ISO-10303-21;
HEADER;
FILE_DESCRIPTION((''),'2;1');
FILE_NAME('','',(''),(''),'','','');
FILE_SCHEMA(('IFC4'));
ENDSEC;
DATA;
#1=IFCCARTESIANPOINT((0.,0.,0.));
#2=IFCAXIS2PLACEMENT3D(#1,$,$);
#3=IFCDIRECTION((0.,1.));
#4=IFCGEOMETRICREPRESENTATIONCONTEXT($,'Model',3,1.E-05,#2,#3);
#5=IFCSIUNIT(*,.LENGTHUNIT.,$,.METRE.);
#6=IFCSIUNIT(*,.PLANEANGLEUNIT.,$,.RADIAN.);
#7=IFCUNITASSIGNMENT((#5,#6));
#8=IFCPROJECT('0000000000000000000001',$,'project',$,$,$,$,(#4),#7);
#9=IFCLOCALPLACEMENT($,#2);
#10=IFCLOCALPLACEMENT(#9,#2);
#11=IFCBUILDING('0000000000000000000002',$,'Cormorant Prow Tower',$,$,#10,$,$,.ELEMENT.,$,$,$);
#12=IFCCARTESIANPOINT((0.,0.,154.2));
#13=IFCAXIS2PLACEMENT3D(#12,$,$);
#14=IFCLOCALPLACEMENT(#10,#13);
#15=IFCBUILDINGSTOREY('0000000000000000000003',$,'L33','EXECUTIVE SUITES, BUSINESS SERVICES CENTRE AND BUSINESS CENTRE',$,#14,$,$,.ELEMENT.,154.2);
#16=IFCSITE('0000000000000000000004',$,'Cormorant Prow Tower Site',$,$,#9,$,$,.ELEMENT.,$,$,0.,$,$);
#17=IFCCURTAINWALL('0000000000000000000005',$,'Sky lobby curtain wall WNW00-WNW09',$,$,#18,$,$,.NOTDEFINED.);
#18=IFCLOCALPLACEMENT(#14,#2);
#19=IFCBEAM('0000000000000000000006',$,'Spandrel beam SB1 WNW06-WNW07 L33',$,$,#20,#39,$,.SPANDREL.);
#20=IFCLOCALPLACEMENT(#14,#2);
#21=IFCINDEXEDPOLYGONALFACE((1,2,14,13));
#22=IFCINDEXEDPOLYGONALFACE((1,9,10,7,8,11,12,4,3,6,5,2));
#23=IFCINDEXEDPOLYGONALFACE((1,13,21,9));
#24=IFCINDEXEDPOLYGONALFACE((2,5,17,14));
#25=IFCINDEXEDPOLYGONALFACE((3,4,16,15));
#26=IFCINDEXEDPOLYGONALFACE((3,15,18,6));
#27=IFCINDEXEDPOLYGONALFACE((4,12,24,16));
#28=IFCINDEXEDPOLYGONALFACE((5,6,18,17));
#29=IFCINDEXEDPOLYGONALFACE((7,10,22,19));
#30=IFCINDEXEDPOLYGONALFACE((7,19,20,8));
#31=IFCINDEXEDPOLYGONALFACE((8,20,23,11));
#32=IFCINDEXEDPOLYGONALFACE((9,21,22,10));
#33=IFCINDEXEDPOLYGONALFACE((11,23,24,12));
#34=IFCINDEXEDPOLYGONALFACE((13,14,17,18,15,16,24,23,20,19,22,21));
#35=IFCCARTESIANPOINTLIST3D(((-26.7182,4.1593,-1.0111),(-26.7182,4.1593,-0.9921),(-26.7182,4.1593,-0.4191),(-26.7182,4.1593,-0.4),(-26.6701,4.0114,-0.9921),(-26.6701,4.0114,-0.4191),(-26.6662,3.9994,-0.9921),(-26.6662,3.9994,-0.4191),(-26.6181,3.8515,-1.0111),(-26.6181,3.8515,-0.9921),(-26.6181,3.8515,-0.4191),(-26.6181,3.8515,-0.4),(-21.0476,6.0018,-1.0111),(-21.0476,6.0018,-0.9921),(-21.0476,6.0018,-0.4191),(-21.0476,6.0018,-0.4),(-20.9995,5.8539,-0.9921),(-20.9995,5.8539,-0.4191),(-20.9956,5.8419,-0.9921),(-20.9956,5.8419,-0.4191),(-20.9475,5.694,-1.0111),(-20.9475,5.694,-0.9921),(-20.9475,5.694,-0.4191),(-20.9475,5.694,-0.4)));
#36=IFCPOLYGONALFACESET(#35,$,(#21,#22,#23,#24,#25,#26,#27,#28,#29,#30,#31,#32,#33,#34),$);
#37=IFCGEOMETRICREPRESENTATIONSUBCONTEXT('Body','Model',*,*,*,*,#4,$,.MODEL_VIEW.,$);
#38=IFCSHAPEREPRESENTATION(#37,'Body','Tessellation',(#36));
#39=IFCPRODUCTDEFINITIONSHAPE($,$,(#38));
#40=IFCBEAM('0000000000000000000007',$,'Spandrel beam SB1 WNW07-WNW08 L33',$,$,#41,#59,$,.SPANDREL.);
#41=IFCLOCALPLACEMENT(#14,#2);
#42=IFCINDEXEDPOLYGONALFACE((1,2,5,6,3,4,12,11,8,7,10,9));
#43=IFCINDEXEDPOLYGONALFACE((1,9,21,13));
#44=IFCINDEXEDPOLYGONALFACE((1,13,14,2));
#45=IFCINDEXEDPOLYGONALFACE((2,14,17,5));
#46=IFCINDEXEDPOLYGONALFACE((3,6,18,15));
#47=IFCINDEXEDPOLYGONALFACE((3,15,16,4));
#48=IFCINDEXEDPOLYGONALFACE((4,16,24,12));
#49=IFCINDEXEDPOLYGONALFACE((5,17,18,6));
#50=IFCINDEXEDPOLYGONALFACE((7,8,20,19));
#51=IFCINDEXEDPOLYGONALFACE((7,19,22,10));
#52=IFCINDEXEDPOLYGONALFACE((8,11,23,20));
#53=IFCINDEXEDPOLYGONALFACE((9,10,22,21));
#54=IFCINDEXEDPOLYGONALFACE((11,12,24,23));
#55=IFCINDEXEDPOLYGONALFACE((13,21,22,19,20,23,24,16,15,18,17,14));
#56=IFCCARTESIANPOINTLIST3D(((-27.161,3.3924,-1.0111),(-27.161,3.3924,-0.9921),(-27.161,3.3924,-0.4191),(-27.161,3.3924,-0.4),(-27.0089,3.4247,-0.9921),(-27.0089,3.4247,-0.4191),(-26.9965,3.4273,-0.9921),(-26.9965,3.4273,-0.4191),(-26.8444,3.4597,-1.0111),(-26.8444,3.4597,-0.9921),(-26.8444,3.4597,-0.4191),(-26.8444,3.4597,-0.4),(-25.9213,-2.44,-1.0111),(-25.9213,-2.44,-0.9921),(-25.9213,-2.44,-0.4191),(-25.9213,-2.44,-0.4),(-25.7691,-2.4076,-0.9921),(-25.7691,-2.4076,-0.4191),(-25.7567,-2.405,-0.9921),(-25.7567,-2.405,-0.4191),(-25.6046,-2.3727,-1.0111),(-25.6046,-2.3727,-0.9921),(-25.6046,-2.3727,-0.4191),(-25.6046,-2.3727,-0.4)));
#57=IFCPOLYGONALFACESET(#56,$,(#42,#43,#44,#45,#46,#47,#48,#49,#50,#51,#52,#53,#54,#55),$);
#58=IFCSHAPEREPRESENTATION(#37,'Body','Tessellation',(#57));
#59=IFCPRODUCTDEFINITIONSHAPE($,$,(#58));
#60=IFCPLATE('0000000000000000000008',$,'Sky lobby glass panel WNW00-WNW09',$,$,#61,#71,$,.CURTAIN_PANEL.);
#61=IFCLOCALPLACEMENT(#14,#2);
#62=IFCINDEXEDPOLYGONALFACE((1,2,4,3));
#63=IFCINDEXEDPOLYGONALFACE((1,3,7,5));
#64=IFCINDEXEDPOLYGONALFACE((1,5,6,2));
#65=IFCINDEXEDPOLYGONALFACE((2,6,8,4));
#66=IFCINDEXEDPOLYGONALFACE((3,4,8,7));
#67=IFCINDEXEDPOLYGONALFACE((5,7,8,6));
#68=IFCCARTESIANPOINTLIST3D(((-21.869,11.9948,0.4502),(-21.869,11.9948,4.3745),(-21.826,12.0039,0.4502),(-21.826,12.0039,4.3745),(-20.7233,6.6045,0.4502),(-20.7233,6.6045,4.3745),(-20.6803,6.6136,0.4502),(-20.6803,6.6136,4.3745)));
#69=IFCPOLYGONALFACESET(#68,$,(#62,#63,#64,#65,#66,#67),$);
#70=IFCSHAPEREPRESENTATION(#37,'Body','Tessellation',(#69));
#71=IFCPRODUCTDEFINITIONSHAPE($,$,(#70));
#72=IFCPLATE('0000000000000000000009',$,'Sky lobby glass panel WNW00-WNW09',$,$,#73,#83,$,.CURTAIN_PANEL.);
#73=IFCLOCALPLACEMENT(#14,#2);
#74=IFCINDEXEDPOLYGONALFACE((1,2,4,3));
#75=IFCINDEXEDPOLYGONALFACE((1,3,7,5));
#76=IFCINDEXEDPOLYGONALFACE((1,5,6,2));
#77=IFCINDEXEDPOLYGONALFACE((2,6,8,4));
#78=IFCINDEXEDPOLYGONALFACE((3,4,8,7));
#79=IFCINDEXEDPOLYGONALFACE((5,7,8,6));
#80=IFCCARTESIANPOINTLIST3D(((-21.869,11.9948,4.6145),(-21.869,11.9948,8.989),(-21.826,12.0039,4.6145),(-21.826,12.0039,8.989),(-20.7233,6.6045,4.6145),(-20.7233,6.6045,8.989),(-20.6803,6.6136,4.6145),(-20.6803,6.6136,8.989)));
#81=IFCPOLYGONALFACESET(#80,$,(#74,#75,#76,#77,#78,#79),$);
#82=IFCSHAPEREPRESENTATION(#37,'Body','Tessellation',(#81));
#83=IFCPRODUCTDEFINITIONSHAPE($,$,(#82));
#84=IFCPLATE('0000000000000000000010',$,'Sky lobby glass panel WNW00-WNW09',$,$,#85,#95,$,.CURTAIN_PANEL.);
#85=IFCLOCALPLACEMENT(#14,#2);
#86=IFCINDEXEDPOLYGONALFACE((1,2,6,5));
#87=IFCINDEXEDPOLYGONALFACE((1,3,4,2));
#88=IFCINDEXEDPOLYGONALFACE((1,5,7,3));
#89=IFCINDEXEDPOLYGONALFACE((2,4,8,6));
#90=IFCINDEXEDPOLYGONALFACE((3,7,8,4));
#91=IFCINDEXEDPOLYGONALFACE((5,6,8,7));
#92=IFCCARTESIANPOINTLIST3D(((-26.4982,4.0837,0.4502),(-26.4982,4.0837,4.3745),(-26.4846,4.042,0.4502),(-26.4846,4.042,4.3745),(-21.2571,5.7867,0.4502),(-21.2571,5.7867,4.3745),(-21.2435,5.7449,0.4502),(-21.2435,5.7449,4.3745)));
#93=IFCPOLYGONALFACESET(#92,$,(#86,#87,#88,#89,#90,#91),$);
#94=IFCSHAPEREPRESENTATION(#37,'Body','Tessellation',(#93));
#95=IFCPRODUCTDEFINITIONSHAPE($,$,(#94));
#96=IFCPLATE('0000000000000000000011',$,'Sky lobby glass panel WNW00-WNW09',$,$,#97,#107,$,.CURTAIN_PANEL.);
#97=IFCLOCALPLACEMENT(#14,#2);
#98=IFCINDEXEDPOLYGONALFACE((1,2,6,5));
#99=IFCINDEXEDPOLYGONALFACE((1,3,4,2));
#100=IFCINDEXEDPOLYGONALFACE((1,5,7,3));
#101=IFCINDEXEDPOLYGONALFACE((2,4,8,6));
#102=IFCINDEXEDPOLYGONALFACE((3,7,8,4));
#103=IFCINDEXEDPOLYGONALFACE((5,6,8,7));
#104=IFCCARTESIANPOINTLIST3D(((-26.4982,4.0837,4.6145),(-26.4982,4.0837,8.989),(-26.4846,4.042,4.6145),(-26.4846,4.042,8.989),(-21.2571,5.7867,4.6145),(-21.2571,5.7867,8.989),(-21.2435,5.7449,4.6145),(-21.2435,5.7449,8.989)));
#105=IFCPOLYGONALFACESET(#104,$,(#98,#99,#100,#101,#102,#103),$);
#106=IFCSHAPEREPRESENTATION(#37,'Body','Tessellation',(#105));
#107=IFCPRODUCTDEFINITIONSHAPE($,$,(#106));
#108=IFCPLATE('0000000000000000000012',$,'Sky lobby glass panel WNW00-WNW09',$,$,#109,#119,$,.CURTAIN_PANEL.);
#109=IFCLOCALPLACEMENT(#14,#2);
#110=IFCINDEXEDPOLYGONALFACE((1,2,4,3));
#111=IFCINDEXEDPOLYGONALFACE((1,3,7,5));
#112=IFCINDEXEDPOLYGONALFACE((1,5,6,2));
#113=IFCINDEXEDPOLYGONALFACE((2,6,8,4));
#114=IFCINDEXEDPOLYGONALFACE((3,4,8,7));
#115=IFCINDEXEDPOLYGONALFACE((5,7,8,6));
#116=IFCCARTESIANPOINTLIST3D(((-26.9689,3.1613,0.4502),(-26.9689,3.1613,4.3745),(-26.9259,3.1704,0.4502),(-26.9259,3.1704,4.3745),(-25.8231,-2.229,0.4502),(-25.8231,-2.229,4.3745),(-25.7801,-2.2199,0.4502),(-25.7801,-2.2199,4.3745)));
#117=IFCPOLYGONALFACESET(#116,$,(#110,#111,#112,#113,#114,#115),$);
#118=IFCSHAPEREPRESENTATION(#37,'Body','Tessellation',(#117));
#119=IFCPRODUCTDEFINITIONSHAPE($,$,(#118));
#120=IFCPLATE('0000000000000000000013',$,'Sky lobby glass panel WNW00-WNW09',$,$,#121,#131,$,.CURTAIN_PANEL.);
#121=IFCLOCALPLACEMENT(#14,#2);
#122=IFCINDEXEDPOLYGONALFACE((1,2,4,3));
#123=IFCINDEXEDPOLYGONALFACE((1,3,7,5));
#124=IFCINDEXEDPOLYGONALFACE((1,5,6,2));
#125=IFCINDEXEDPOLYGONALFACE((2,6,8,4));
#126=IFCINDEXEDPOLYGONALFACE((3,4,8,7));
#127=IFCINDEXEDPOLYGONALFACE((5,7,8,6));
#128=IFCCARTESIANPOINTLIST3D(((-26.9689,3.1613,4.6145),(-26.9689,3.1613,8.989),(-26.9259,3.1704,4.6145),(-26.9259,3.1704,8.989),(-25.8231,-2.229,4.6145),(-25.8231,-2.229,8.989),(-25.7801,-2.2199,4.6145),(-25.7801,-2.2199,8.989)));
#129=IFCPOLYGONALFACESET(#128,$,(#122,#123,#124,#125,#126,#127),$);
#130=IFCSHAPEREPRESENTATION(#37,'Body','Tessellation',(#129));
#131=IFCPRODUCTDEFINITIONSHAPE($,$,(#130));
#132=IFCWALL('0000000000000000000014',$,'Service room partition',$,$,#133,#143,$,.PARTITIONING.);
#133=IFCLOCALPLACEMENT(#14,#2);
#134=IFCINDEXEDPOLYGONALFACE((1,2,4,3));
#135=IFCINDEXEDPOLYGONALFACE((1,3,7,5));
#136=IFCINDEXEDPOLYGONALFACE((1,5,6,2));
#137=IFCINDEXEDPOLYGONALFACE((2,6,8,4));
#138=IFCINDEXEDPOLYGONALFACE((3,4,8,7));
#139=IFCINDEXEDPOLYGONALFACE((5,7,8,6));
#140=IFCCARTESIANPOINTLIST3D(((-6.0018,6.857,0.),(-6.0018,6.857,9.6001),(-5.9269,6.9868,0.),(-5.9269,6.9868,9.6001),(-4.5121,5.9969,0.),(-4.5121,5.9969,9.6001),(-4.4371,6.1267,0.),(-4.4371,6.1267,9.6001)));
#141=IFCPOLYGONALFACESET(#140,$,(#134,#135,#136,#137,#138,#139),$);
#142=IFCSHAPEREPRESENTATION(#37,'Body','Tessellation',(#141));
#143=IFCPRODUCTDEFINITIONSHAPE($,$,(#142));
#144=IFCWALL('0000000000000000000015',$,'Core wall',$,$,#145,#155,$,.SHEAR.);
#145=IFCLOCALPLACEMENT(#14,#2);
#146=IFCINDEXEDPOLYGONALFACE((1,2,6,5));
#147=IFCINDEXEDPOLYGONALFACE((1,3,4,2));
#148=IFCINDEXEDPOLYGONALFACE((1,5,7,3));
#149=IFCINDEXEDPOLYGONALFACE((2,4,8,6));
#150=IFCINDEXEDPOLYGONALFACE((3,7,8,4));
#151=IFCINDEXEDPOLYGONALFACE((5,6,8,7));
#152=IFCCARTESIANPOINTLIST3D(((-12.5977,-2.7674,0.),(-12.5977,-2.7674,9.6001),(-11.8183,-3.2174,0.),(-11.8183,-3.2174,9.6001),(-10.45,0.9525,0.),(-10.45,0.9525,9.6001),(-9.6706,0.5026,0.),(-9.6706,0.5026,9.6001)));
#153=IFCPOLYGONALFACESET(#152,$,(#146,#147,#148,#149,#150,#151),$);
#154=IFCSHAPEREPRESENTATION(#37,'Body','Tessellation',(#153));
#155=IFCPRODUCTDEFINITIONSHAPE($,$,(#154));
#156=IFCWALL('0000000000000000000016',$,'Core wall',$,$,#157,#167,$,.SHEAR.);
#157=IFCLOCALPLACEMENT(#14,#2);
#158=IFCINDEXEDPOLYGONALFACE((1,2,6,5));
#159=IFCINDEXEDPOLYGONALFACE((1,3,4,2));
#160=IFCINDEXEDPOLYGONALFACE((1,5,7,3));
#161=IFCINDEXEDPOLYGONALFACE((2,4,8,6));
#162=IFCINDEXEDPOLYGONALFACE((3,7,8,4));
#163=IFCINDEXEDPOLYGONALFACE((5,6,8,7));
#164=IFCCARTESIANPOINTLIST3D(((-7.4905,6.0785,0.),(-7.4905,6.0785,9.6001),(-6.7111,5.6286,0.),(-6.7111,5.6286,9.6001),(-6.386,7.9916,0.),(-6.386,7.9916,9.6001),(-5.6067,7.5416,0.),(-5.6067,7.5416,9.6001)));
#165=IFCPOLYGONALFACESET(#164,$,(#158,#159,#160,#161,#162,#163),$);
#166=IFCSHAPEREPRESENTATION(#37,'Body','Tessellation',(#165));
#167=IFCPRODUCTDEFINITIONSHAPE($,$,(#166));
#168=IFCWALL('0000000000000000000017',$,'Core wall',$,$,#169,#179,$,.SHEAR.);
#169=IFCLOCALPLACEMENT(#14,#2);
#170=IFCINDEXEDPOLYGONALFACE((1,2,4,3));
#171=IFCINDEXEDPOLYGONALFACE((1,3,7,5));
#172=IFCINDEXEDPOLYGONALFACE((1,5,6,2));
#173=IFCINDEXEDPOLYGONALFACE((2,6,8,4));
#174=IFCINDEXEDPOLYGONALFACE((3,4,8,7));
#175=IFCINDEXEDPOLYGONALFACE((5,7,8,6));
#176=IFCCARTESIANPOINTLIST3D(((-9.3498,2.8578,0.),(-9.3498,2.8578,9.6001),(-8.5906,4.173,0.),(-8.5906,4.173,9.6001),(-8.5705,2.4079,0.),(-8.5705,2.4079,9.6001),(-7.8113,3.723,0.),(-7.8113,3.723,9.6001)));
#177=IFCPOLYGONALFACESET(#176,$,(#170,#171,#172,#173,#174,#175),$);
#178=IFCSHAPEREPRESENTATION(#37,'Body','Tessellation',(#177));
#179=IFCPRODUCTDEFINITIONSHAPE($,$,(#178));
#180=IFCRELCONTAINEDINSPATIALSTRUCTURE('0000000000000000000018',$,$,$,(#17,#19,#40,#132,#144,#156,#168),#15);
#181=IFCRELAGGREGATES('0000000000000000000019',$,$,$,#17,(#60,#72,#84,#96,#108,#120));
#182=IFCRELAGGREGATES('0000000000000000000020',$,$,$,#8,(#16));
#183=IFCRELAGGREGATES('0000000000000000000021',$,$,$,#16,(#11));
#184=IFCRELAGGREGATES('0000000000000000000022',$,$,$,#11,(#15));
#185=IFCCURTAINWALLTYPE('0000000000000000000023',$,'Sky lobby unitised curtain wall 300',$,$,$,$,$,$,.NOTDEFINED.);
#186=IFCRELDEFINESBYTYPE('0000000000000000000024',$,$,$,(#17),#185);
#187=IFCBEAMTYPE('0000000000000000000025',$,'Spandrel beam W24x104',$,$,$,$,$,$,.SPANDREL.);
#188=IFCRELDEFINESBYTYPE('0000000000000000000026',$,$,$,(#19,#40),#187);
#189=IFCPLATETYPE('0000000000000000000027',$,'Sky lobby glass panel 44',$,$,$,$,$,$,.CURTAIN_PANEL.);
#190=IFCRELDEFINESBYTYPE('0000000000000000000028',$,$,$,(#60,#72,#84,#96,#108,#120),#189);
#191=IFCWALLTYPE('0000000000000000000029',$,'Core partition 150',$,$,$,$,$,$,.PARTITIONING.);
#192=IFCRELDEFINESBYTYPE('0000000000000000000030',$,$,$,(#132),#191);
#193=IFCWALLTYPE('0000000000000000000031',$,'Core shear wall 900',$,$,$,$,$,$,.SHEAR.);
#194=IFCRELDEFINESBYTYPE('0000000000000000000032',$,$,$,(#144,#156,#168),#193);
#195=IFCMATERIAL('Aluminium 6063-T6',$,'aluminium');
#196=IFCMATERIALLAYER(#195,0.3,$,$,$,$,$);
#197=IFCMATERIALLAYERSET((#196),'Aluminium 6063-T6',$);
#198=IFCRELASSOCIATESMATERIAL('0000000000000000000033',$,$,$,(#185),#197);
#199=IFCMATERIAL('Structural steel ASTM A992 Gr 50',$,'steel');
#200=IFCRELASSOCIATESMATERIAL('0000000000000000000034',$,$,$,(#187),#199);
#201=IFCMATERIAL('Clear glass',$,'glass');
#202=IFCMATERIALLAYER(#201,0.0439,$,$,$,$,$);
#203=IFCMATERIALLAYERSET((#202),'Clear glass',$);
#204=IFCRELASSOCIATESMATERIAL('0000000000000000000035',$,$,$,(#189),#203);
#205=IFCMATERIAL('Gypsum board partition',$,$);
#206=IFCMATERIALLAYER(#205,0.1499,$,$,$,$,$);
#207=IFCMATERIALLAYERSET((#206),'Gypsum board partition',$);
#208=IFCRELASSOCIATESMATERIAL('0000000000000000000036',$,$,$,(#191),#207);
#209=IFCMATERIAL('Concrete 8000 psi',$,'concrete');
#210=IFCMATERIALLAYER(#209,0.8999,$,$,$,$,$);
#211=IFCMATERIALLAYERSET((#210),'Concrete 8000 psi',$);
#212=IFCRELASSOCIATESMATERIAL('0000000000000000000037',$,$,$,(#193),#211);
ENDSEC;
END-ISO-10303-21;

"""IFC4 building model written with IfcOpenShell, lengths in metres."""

from ifc_helpers import new_model, si_unit, direction, frame, frame_2d, origin, origin_2d, place, context, subcontext, project, spatial, rectangle, i_section, extrude, material, layer, layer_set, material_profile, profile_set, type_object, element, aggregate, save


model = new_model("IFC4")

# Units and contexts
model_context = context("Model", 3, precision=1e-05, world=origin(), true_north=direction((0.0, 1.0)))
body_context = subcontext(model_context, "Body", "Model", "MODEL_VIEW")
ifc_project = project(units=[si_unit("LENGTHUNIT", "METRE"), si_unit("PLANEANGLEUNIT", "RADIAN")], contexts=[model_context])

# Site, building, storey
site_placement = place(None, origin())
site = spatial("IfcSite", under=ifc_project, at=site_placement, Name="Cormorant Prow Tower Site", CompositionType="ELEMENT", RefElevation=0.0)
building_placement = place(site_placement, origin())
building = spatial("IfcBuilding", under=site, at=building_placement, Name="Cormorant Prow Tower", CompositionType="ELEMENT")
storey_placement = place(building_placement, frame((0.0, 0.0, 154.2)))
storey = spatial("IfcBuildingStorey", under=building, at=storey_placement, Name="L33", Description="EXECUTIVE SUITES, BUSINESS SERVICES CENTRE AND BUSINESS CENTRE", CompositionType="ELEMENT", Elevation=154.2)

# Curtain wall
ifc_material_1 = material(Name="Aluminium 6063-T6", Category="aluminium")
ifc_layer_1 = layer(ifc_material_1, 0.3)
ifc_layer_set_1 = layer_set([ifc_layer_1], Name="Aluminium 6063-T6")
curtain_wall_type = type_object("IfcCurtainWallType", Name="Sky lobby unitised curtain wall 300", PredefinedType="NOTDEFINED", material=ifc_layer_set_1)
curtain_wall_placement = place(storey_placement, origin())
curtain_wall = element("IfcCurtainWall", 1, at=curtain_wall_placement, inside=storey, type_object=curtain_wall_type, Name="Sky lobby curtain wall WNW00-WNW09", PredefinedType="NOTDEFINED")

# Beams
ifc_material_2 = material(Name="Structural steel ASTM A992 Gr 50", Category="steel")
ifc_material_profile_1 = material_profile(ifc_material_2, i_section(OverallWidth=0.3237, OverallDepth=0.6111, WebThickness=0.0127, FlangeThickness=0.019, at=origin_2d()), Name="W24x104")
ifc_profile_set_1 = profile_set([ifc_material_profile_1], Name="Structural steel ASTM A992 Gr 50")
beam_type_1 = type_object("IfcBeamType", Name="Spandrel beam W24x104", PredefinedType="SPANDREL", material=ifc_profile_set_1)
beam_1_placement = place(storey_placement, frame((-20.9976, 5.8479, -0.7056), z_axis=(-0.951055, -0.30902, 0.0), x_axis=(0.30902, -0.951055, 0.0)))
element("IfcBeam", 2, at=beam_1_placement, inside=storey, type_object=beam_type_1, Name="Spandrel beam SB1 WNW06-WNW07 L33", PredefinedType="SPANDREL", context=body_context, shape_type="SweptSolid", body=[
    extrude(i_section(OverallWidth=0.3237, OverallDepth=0.6111, WebThickness=0.0127, FlangeThickness=0.019, at=origin_2d()), origin(), (0.0, 0.0, 1.0), 5.9624),
])
beam_2_placement = place(storey_placement, frame((-27.0027, 3.426, -0.7056), z_axis=(0.207921, -0.978146, 0.0), x_axis=(0.978146, 0.207921, 0.0)))
element("IfcBeam", 3, at=beam_2_placement, inside=storey, type_object=beam_type_1, Name="Spandrel beam SB1 WNW07-WNW08 L33", PredefinedType="SPANDREL", context=body_context, shape_type="SweptSolid", body=[
    extrude(i_section(OverallWidth=0.3237, OverallDepth=0.6111, WebThickness=0.0127, FlangeThickness=0.019, at=origin_2d()), origin(), (0.0, 0.0, 1.0), 5.9626),
])

# Plates
ifc_material_3 = material(Name="Clear glass", Category="glass")
ifc_layer_2 = layer(ifc_material_3, 0.0439)
ifc_layer_set_2 = layer_set([ifc_layer_2], Name="Clear glass")
plate_type = type_object("IfcPlateType", Name="Sky lobby glass panel 44", PredefinedType="CURTAIN_PANEL", material=ifc_layer_set_2)
plate_1_placement = place(storey_placement, frame((-21.2747, 9.3042, 0.4502), z_axis=(0.0, 0.0, 1.0), x_axis=(0.207912, -0.978148, 0.0)))
plate_1 = element("IfcPlate", 4, at=plate_1_placement, type_object=plate_type, Name="Sky lobby glass panel WNW00-WNW09", PredefinedType="CURTAIN_PANEL", context=body_context, shape_type="SweptSolid", body=[
    extrude(rectangle(XDim=5.5107, YDim=0.0439, at=origin_2d()), origin(), (0.0, 0.0, 1.0), 3.9243),
])
plate_2_placement = place(storey_placement, frame((-21.2747, 9.3042, 4.6145), z_axis=(0.0, 0.0, 1.0), x_axis=(0.207912, -0.978148, 0.0)))
plate_2 = element("IfcPlate", 5, at=plate_2_placement, type_object=plate_type, Name="Sky lobby glass panel WNW00-WNW09", PredefinedType="CURTAIN_PANEL", context=body_context, shape_type="SweptSolid", body=[
    extrude(rectangle(XDim=5.5107, YDim=0.0439, at=origin_2d()), origin(), (0.0, 0.0, 1.0), 4.3745),
])
plate_3_placement = place(storey_placement, frame((-23.8708, 4.9143, 0.4502), z_axis=(0.0, 0.0, 1.0), x_axis=(-0.951056, -0.309017, 0.0)))
plate_3 = element("IfcPlate", 6, at=plate_3_placement, type_object=plate_type, Name="Sky lobby glass panel WNW00-WNW09", PredefinedType="CURTAIN_PANEL", context=body_context, shape_type="SweptSolid", body=[
    extrude(rectangle(XDim=5.5107, YDim=0.0439, at=origin_2d()), origin(), (0.0, 0.0, 1.0), 3.9243),
])
plate_4_placement = place(storey_placement, frame((-23.8708, 4.9143, 4.6145), z_axis=(0.0, 0.0, 1.0), x_axis=(-0.951056, -0.309017, 0.0)))
plate_4 = element("IfcPlate", 7, at=plate_4_placement, type_object=plate_type, Name="Sky lobby glass panel WNW00-WNW09", PredefinedType="CURTAIN_PANEL", context=body_context, shape_type="SweptSolid", body=[
    extrude(rectangle(XDim=5.5107, YDim=0.0439, at=origin_2d()), origin(), (0.0, 0.0, 1.0), 4.3745),
])
plate_5_placement = place(storey_placement, frame((-26.3745, 0.4707, 0.4502), z_axis=(0.0, 0.0, 1.0), x_axis=(0.207912, -0.978148, 0.0)))
plate_5 = element("IfcPlate", 8, at=plate_5_placement, type_object=plate_type, Name="Sky lobby glass panel WNW00-WNW09", PredefinedType="CURTAIN_PANEL", context=body_context, shape_type="SweptSolid", body=[
    extrude(rectangle(XDim=5.5107, YDim=0.0439, at=origin_2d()), origin(), (0.0, 0.0, 1.0), 3.9243),
])
plate_6_placement = place(storey_placement, frame((-26.3745, 0.4707, 4.6145), z_axis=(0.0, 0.0, 1.0), x_axis=(0.207912, -0.978148, 0.0)))
plate_6 = element("IfcPlate", 9, at=plate_6_placement, type_object=plate_type, Name="Sky lobby glass panel WNW00-WNW09", PredefinedType="CURTAIN_PANEL", context=body_context, shape_type="SweptSolid", body=[
    extrude(rectangle(XDim=5.5107, YDim=0.0439, at=origin_2d()), origin(), (0.0, 0.0, 1.0), 4.3745),
])
aggregate(curtain_wall, [plate_1, plate_2, plate_3, plate_4, plate_5, plate_6])

# Walls
ifc_material_4 = material(Name="Gypsum board partition")
ifc_layer_3 = layer(ifc_material_4, 0.1499)
ifc_layer_set_3 = layer_set([ifc_layer_3], Name="Gypsum board partition")
wall_type_1 = type_object("IfcWallType", Name="Core partition 150", PredefinedType="PARTITIONING", material=ifc_layer_set_3)
wall_1_placement = place(storey_placement, frame((-5.9644, 6.9219, 0.0), z_axis=(0.0, 0.0, 1.0), x_axis=(0.866025, -0.500001, 0.0)))
element("IfcWall", 10, at=wall_1_placement, inside=storey, type_object=wall_type_1, Name="Service room partition", PredefinedType="PARTITIONING", context=body_context, shape_type="SweptSolid", body=[
    extrude(rectangle(XDim=1.7202, YDim=0.1499, at=frame_2d((0.8601, 0.0))), origin(), (0.0, 0.0, 1.0), 9.6001),
])
ifc_material_5 = material(Name="Concrete 8000 psi", Category="concrete")
ifc_layer_4 = layer(ifc_material_5, 0.8999)
ifc_layer_set_4 = layer_set([ifc_layer_4], Name="Concrete 8000 psi")
wall_type_2 = type_object("IfcWallType", Name="Core shear wall 900", PredefinedType="SHEAR", material=ifc_layer_set_4)
wall_2_placement = place(storey_placement, frame((-10.0603, 0.7275, 0.0), z_axis=(0.0, 0.0, 1.0), x_axis=(-0.499996, -0.866028, 0.0)))
element("IfcWall", 11, at=wall_2_placement, inside=storey, type_object=wall_type_2, Name="Core wall", PredefinedType="SHEAR", context=body_context, shape_type="SweptSolid", body=[
    extrude(rectangle(XDim=4.2954, YDim=0.8999, at=frame_2d((2.1477, 0.0))), origin(), (0.0, 0.0, 1.0), 9.6001),
])
wall_3_placement = place(storey_placement, frame((-5.9963, 7.7666, 0.0), z_axis=(0.0, 0.0, 1.0), x_axis=(-0.49999, -0.866031, 0.0)))
element("IfcWall", 12, at=wall_3_placement, inside=storey, type_object=wall_type_2, Name="Core wall", PredefinedType="SHEAR", context=body_context, shape_type="SweptSolid", body=[
    extrude(rectangle(XDim=2.209, YDim=0.8999, at=frame_2d((1.1045, 0.0))), origin(), (0.0, 0.0, 1.0), 9.6001),
])
wall_4_placement = place(storey_placement, frame((-8.2009, 3.948, 0.0), z_axis=(0.0, 0.0, 1.0), x_axis=(-0.499978, -0.866038, 0.0)))
element("IfcWall", 13, at=wall_4_placement, inside=storey, type_object=wall_type_2, Name="Core wall", PredefinedType="SHEAR", context=body_context, shape_type="SweptSolid", body=[
    extrude(rectangle(XDim=1.5186, YDim=0.8999, at=frame_2d((0.7593, 0.0))), origin(), (0.0, 0.0, 1.0), 9.6001),
])

save(model, "model.ifc")
